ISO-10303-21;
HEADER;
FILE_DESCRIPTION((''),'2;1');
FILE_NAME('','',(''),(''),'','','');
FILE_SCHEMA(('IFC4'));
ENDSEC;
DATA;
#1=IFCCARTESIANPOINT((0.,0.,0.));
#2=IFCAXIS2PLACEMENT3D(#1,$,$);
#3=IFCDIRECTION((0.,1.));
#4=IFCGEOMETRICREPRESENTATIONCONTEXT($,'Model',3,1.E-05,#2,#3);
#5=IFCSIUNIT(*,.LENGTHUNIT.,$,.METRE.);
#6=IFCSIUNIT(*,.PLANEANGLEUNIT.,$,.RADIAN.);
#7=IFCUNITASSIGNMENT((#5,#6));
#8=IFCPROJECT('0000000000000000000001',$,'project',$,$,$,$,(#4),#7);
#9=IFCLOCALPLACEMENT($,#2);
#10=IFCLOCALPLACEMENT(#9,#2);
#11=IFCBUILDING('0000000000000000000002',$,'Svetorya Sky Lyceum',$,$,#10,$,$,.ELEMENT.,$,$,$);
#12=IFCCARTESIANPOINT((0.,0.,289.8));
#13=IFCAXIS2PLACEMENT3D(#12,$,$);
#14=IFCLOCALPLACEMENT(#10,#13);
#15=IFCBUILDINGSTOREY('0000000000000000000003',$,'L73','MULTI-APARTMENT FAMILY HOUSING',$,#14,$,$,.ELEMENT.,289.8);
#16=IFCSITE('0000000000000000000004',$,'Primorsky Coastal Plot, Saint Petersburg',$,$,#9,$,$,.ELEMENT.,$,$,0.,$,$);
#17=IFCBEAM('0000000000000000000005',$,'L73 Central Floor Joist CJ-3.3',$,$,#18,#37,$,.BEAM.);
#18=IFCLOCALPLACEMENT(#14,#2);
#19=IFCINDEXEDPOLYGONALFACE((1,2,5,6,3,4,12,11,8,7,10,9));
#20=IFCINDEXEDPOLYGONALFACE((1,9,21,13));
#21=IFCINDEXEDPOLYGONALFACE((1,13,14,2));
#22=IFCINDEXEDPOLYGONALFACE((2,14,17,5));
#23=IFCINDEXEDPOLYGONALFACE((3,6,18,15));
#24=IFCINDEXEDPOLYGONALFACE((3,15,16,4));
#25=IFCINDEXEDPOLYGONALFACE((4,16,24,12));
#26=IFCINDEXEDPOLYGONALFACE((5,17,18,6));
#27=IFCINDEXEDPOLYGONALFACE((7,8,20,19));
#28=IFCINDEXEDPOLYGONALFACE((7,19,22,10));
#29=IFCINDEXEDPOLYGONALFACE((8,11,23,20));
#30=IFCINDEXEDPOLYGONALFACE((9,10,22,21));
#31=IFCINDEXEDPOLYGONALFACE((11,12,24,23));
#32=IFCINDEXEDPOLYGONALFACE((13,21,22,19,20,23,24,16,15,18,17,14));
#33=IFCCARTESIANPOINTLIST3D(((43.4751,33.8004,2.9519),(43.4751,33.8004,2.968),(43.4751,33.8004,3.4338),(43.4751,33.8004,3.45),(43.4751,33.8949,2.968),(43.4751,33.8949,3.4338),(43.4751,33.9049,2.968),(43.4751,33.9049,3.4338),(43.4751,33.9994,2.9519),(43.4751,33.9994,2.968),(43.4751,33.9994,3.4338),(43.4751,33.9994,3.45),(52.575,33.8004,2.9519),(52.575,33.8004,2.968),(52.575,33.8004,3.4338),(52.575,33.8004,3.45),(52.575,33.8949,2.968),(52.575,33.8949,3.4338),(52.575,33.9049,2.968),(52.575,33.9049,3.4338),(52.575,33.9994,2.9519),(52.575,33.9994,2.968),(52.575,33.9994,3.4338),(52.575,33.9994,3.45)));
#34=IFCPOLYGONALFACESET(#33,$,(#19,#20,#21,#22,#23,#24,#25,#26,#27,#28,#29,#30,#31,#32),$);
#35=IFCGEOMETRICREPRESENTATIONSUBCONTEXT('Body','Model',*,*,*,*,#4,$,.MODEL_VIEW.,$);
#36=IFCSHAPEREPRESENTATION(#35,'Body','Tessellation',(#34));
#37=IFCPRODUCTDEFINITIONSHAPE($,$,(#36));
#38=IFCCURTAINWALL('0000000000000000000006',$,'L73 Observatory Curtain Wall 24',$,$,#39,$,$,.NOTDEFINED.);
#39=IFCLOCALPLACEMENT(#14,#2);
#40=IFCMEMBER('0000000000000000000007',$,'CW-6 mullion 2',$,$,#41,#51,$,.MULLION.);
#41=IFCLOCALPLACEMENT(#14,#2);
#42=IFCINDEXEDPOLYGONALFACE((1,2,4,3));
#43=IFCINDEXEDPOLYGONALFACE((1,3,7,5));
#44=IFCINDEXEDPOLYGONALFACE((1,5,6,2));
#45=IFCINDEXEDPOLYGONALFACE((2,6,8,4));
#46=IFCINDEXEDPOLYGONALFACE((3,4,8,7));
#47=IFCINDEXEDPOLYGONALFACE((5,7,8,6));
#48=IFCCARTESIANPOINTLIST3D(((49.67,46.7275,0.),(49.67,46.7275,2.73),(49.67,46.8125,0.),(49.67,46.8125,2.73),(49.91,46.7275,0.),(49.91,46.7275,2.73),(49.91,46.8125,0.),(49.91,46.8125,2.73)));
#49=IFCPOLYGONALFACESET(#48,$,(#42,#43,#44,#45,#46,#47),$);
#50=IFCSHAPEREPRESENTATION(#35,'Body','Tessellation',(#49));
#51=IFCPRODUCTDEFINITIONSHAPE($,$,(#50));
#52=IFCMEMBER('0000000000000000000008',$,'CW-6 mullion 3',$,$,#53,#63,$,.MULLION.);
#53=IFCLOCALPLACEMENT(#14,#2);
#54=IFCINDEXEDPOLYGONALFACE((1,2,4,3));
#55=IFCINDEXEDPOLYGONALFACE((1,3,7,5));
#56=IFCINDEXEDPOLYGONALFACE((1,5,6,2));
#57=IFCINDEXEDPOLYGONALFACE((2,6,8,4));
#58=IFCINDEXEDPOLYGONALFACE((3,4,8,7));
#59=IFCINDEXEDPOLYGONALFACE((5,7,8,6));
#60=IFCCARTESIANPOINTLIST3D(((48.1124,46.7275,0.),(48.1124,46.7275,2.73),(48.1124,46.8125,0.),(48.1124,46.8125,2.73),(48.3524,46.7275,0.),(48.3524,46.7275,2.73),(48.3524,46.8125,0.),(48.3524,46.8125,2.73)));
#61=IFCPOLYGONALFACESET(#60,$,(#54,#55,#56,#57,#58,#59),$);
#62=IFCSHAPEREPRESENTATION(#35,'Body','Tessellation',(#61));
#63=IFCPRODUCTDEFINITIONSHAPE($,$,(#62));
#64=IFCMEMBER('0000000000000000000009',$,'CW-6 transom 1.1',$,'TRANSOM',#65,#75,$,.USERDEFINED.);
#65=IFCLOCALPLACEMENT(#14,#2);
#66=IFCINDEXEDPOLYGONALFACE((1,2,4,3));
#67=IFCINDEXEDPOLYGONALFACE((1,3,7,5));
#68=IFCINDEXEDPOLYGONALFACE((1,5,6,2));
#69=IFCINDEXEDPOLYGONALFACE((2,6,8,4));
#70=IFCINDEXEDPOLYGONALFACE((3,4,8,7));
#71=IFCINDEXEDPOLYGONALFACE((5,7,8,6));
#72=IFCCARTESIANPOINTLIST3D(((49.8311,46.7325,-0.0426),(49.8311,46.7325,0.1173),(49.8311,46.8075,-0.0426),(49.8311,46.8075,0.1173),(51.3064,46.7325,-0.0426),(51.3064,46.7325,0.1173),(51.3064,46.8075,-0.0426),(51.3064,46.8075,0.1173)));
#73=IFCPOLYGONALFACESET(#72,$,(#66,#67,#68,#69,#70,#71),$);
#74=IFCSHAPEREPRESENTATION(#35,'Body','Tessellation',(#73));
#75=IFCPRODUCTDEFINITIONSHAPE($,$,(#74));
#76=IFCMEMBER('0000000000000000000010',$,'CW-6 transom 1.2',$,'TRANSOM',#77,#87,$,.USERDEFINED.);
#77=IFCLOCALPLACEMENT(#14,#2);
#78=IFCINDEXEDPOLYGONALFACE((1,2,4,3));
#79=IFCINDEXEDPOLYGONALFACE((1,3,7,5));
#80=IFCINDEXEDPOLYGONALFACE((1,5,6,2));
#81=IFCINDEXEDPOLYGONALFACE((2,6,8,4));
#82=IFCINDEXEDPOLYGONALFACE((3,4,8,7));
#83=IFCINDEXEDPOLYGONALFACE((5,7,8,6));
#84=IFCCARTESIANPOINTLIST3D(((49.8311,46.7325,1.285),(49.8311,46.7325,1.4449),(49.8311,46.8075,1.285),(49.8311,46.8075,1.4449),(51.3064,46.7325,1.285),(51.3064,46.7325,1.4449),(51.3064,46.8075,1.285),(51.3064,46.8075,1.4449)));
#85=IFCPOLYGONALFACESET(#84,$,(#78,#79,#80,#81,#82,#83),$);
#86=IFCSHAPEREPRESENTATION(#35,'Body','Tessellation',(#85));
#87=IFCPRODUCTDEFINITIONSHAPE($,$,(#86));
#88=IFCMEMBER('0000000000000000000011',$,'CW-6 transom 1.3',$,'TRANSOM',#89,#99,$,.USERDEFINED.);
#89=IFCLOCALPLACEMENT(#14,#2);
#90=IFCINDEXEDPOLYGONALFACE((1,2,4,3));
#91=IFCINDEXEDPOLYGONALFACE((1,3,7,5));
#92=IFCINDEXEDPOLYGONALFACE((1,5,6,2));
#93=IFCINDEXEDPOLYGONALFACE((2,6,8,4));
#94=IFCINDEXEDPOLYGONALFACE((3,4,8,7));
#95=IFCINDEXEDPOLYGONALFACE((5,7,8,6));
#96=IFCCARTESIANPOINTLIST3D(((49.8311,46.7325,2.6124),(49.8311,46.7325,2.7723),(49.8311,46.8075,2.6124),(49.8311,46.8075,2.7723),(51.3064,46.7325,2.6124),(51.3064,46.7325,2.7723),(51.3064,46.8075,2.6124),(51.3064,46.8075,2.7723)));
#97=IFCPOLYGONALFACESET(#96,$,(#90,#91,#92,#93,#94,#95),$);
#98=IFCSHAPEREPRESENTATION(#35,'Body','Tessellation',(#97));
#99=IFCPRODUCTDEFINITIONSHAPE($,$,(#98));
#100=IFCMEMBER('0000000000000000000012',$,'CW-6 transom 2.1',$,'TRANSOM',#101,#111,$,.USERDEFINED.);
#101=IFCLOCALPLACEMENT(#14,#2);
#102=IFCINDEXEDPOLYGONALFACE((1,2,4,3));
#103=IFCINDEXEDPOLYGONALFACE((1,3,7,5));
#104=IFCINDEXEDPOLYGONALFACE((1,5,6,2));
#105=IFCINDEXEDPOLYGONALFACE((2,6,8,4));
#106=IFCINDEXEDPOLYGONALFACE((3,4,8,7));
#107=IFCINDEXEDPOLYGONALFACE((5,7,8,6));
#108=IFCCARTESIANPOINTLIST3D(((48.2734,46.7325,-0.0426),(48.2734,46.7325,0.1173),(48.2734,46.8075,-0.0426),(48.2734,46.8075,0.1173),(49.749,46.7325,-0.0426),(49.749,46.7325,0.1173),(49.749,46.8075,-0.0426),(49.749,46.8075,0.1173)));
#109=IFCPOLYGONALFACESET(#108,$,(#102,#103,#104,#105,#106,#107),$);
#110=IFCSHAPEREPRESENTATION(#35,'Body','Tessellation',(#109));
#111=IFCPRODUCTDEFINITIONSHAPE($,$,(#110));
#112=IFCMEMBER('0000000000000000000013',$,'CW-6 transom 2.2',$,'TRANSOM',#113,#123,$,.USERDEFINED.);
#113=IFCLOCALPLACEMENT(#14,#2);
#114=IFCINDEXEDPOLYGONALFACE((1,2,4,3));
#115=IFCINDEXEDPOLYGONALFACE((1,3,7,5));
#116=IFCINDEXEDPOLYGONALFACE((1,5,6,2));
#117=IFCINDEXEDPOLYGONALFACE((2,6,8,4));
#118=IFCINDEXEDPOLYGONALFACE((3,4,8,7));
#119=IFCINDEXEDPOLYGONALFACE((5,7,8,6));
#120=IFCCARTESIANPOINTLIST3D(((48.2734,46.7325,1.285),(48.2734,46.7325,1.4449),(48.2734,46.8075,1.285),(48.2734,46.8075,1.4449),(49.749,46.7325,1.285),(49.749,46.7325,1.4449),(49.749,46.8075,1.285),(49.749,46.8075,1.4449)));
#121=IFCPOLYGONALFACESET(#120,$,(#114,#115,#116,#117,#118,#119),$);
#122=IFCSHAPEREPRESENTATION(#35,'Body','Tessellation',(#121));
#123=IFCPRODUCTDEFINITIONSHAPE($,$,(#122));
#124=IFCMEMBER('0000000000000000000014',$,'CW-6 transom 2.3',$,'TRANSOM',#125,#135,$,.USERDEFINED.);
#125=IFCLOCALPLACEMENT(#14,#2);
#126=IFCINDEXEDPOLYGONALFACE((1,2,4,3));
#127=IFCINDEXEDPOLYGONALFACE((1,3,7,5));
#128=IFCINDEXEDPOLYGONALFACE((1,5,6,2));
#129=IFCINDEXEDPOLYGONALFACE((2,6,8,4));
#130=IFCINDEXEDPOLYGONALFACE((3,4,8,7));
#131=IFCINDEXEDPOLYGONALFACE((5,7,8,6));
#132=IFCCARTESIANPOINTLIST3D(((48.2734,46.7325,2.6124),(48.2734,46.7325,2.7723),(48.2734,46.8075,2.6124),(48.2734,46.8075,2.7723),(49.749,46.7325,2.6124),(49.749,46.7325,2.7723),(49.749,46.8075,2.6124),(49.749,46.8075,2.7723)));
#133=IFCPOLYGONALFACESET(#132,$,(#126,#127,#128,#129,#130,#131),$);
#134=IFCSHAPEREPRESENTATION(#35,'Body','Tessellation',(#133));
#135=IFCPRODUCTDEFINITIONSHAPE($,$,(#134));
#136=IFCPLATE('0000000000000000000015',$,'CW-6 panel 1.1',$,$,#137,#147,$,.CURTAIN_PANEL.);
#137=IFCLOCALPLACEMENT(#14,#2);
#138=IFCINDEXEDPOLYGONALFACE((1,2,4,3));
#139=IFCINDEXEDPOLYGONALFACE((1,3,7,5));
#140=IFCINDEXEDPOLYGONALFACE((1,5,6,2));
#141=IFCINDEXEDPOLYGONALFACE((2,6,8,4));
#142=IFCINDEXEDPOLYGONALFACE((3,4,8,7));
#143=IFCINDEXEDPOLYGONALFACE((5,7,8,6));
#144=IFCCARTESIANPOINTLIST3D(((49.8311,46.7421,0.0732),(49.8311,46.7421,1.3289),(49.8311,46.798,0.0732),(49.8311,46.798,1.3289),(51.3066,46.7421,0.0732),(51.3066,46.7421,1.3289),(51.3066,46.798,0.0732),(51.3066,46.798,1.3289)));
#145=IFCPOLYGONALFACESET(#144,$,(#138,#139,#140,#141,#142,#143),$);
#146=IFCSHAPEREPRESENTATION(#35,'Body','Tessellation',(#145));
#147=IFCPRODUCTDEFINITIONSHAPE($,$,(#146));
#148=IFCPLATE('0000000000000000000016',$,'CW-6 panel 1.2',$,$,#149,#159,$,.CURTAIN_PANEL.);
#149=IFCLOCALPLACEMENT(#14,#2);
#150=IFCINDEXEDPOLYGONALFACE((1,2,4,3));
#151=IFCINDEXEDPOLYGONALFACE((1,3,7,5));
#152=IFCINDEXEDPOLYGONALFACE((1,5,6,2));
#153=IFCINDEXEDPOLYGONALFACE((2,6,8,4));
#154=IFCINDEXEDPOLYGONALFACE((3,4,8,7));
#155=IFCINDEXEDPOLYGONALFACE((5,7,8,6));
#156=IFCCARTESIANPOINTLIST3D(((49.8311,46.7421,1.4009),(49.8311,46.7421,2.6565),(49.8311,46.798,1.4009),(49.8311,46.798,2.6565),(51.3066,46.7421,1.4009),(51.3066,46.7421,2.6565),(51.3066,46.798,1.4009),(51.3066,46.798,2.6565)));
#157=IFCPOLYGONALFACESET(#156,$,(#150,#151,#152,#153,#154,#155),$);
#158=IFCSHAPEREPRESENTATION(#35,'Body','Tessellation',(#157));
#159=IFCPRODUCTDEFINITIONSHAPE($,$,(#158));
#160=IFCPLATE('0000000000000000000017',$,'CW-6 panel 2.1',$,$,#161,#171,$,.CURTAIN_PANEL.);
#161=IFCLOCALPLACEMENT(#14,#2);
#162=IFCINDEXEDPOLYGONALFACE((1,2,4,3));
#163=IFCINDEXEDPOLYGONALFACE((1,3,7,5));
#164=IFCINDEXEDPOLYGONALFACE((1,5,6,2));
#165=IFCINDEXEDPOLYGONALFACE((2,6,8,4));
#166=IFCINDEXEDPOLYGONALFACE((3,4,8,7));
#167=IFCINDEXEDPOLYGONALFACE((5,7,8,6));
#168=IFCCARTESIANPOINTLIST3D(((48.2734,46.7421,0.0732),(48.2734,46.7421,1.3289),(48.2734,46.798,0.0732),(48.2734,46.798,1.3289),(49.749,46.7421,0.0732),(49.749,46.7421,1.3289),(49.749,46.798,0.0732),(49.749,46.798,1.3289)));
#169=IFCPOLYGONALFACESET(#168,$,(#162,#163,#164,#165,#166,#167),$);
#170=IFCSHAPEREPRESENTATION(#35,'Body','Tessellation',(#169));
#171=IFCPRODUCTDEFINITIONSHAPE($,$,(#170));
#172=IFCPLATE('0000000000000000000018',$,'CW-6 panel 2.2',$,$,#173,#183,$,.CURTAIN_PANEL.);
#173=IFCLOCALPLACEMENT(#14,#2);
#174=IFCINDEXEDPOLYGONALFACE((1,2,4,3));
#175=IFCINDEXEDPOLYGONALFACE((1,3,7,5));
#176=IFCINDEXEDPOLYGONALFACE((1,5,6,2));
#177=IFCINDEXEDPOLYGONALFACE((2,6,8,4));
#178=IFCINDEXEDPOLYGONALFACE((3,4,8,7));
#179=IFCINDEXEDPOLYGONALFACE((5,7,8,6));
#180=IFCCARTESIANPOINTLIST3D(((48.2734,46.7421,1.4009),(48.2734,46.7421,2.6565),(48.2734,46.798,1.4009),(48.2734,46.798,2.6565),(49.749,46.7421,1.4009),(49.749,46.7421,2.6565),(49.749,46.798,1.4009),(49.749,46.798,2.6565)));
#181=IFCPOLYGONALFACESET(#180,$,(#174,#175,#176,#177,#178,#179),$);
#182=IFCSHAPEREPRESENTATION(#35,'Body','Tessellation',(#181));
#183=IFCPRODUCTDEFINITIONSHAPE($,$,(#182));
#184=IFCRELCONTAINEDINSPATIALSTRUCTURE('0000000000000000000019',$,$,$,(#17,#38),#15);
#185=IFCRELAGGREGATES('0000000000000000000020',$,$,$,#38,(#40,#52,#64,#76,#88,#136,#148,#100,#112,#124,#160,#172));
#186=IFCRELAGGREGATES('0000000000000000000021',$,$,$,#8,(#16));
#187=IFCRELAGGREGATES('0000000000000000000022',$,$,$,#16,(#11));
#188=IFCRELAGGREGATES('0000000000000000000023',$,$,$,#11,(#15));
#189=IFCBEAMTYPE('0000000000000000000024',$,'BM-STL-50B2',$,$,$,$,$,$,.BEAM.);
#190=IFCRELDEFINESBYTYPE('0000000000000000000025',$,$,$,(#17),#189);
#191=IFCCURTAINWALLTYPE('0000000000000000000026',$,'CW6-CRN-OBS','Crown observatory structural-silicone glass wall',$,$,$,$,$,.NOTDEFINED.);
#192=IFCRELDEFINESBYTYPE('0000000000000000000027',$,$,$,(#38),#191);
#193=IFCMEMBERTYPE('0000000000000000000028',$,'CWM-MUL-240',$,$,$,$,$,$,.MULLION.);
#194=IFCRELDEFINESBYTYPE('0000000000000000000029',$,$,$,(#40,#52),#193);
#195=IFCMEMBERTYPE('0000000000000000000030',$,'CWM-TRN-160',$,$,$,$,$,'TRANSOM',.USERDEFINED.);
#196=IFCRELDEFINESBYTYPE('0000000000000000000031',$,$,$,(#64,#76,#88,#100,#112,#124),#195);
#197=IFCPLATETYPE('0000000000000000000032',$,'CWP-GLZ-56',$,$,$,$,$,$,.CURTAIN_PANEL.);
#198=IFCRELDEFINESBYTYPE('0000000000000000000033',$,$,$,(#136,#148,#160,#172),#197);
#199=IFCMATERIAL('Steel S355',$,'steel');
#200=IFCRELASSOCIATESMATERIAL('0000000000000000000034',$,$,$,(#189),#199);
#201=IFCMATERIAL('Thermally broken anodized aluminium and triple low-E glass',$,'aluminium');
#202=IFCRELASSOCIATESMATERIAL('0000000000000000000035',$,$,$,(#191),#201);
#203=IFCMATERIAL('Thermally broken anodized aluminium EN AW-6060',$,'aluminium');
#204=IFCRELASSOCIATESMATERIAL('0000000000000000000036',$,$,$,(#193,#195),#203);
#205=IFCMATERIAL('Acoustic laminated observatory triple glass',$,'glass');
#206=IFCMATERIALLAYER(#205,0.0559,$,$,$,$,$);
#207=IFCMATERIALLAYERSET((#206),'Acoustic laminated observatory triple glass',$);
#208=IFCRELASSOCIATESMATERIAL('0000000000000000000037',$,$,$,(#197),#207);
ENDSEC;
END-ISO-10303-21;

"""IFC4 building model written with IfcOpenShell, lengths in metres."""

from ifc_helpers import new_model, si_unit, direction, frame, origin, origin_2d, place, context, subcontext, project, spatial, rectangle, i_section, extrude, material, layer, layer_set, material_profile, profile_set, type_object, element, aggregate, save


model = new_model("IFC4")

# Units and contexts
model_context = context("Model", 3, precision=1e-05, world=origin(), true_north=direction((0.0, 1.0)))
body_context = subcontext(model_context, "Body", "Model", "MODEL_VIEW")
ifc_project = project(units=[si_unit("LENGTHUNIT", "METRE"), si_unit("PLANEANGLEUNIT", "RADIAN")], contexts=[model_context])

# Site, building, storey
site_placement = place(None, origin())
site = spatial("IfcSite", under=ifc_project, at=site_placement, Name="Primorsky Coastal Plot, Saint Petersburg", CompositionType="ELEMENT", RefElevation=0.0)
building_placement = place(site_placement, origin())
building = spatial("IfcBuilding", under=site, at=building_placement, Name="Svetorya Sky Lyceum", CompositionType="ELEMENT")
storey_placement = place(building_placement, frame((0.0, 0.0, 289.8)))
storey = spatial("IfcBuildingStorey", under=building, at=storey_placement, Name="L73", Description="MULTI-APARTMENT FAMILY HOUSING", CompositionType="ELEMENT", Elevation=289.8)

# Beam
ifc_material_1 = material(Name="Steel S355", Category="steel")
ifc_material_profile_1 = material_profile(ifc_material_1, i_section(OverallWidth=0.199, OverallDepth=0.498, WebThickness=0.01, FlangeThickness=0.0161, at=origin_2d()), Name="GOST 50B2")
ifc_profile_set_1 = profile_set([ifc_material_profile_1], Name="Steel S355")
beam_type = type_object("IfcBeamType", Name="BM-STL-50B2", PredefinedType="BEAM", material=ifc_profile_set_1)
beam_placement = place(storey_placement, frame((43.4751, 33.8999, 3.2009), z_axis=(1.0, 0.0, 0.0), x_axis=(0.0, 1.0, 0.0)))
element("IfcBeam", 1, at=beam_placement, inside=storey, type_object=beam_type, Name="L73 Central Floor Joist CJ-3.3", PredefinedType="BEAM", context=body_context, shape_type="SweptSolid", body=[
    extrude(i_section(OverallWidth=0.199, OverallDepth=0.498, WebThickness=0.01, FlangeThickness=0.0161, at=origin_2d()), origin(), (0.0, 0.0, 1.0), 9.0999),
])

# Curtain wall, members, plates
ifc_material_2 = material(Name="Thermally broken anodized aluminium and triple low-E glass", Category="aluminium")
curtain_wall_type = type_object("IfcCurtainWallType", Name="CW6-CRN-OBS", Description="Crown observatory structural-silicone glass wall", PredefinedType="NOTDEFINED", material=ifc_material_2)
curtain_wall_placement = place(storey_placement, origin())
curtain_wall = element("IfcCurtainWall", 2, at=curtain_wall_placement, inside=storey, type_object=curtain_wall_type, Name="L73 Observatory Curtain Wall 24", PredefinedType="NOTDEFINED")
ifc_material_3 = material(Name="Thermally broken anodized aluminium EN AW-6060", Category="aluminium")
ifc_material_profile_2 = material_profile(ifc_material_3, rectangle(XDim=0.085, YDim=0.24, at=origin_2d()), Name="ALU MULLION 85x240")
ifc_profile_set_2 = profile_set([ifc_material_profile_2], Name="Thermally broken anodized aluminium EN AW-6060")
member_type_1 = type_object("IfcMemberType", Name="CWM-MUL-240", PredefinedType="MULLION", material=ifc_profile_set_2)
member_1_placement = place(storey_placement, frame((49.79, 46.77, 0.0), z_axis=(0.0, 0.0, 1.0), x_axis=(0.0, -1.0, 0.0)))
member_1 = element("IfcMember", 3, at=member_1_placement, type_object=member_type_1, Name="CW-6 mullion 2", PredefinedType="MULLION", context=body_context, shape_type="SweptSolid", body=[
    extrude(rectangle(XDim=0.085, YDim=0.24, at=origin_2d()), origin(), (0.0, 0.0, 1.0), 2.73),
])
member_2_placement = place(storey_placement, frame((48.2324, 46.77, 0.0), z_axis=(0.0, 0.0, 1.0), x_axis=(0.0, -1.0, 0.0)))
member_2 = element("IfcMember", 4, at=member_2_placement, type_object=member_type_1, Name="CW-6 mullion 3", PredefinedType="MULLION", context=body_context, shape_type="SweptSolid", body=[
    extrude(rectangle(XDim=0.085, YDim=0.24, at=origin_2d()), origin(), (0.0, 0.0, 1.0), 2.73),
])
ifc_material_profile_3 = material_profile(ifc_material_3, rectangle(XDim=0.075, YDim=0.1599, at=origin_2d()), Name="ALU TRANSOM 75x160")
ifc_profile_set_3 = profile_set([ifc_material_profile_3], Name="Thermally broken anodized aluminium EN AW-6060")
member_type_2 = type_object("IfcMemberType", Name="CWM-TRN-160", ElementType="TRANSOM", PredefinedType="USERDEFINED", material=ifc_profile_set_3)
member_3_placement = place(storey_placement, frame((51.3064, 46.77, 0.0374), z_axis=(-1.0, 0.0, 0.0), x_axis=(0.0, -1.0, 0.0)))
member_3 = element("IfcMember", 5, at=member_3_placement, type_object=member_type_2, Name="CW-6 transom 1.1", ObjectType="TRANSOM", PredefinedType="USERDEFINED", context=body_context, shape_type="SweptSolid", body=[
    extrude(rectangle(XDim=0.075, YDim=0.1599, at=origin_2d()), origin(), (0.0, 0.0, 1.0), 1.4753),
])
member_4_placement = place(storey_placement, frame((51.3064, 46.77, 1.365), z_axis=(-1.0, 0.0, 0.0), x_axis=(0.0, -1.0, 0.0)))
member_4 = element("IfcMember", 6, at=member_4_placement, type_object=member_type_2, Name="CW-6 transom 1.2", ObjectType="TRANSOM", PredefinedType="USERDEFINED", context=body_context, shape_type="SweptSolid", body=[
    extrude(rectangle(XDim=0.075, YDim=0.1599, at=origin_2d()), origin(), (0.0, 0.0, 1.0), 1.4753),
])
member_5_placement = place(storey_placement, frame((51.3064, 46.77, 2.6924), z_axis=(-1.0, 0.0, 0.0), x_axis=(0.0, -1.0, 0.0)))
member_5 = element("IfcMember", 7, at=member_5_placement, type_object=member_type_2, Name="CW-6 transom 1.3", ObjectType="TRANSOM", PredefinedType="USERDEFINED", context=body_context, shape_type="SweptSolid", body=[
    extrude(rectangle(XDim=0.075, YDim=0.1599, at=origin_2d()), origin(), (0.0, 0.0, 1.0), 1.4753),
])
member_6_placement = place(storey_placement, frame((49.749, 46.77, 0.0374), z_axis=(-1.0, 0.0, 0.0), x_axis=(0.0, -1.0, 0.0)))
member_6 = element("IfcMember", 8, at=member_6_placement, type_object=member_type_2, Name="CW-6 transom 2.1", ObjectType="TRANSOM", PredefinedType="USERDEFINED", context=body_context, shape_type="SweptSolid", body=[
    extrude(rectangle(XDim=0.075, YDim=0.1599, at=origin_2d()), origin(), (0.0, 0.0, 1.0), 1.4756),
])
member_7_placement = place(storey_placement, frame((49.749, 46.77, 1.365), z_axis=(-1.0, 0.0, 0.0), x_axis=(0.0, -1.0, 0.0)))
member_7 = element("IfcMember", 9, at=member_7_placement, type_object=member_type_2, Name="CW-6 transom 2.2", ObjectType="TRANSOM", PredefinedType="USERDEFINED", context=body_context, shape_type="SweptSolid", body=[
    extrude(rectangle(XDim=0.075, YDim=0.1599, at=origin_2d()), origin(), (0.0, 0.0, 1.0), 1.4756),
])
member_8_placement = place(storey_placement, frame((49.749, 46.77, 2.6924), z_axis=(-1.0, 0.0, 0.0), x_axis=(0.0, -1.0, 0.0)))
member_8 = element("IfcMember", 10, at=member_8_placement, type_object=member_type_2, Name="CW-6 transom 2.3", ObjectType="TRANSOM", PredefinedType="USERDEFINED", context=body_context, shape_type="SweptSolid", body=[
    extrude(rectangle(XDim=0.075, YDim=0.1599, at=origin_2d()), origin(), (0.0, 0.0, 1.0), 1.4756),
])
ifc_material_4 = material(Name="Acoustic laminated observatory triple glass", Category="glass")
ifc_layer_1 = layer(ifc_material_4, 0.0559)
ifc_layer_set_1 = layer_set([ifc_layer_1], Name="Acoustic laminated observatory triple glass")
plate_type = type_object("IfcPlateType", Name="CWP-GLZ-56", PredefinedType="CURTAIN_PANEL", material=ifc_layer_set_1)
plate_1_placement = place(storey_placement, frame((50.5688, 46.77, 0.0732), z_axis=(0.0, 0.0, 1.0), x_axis=(-1.0, 0.0, 0.0)))
plate_1 = element("IfcPlate", 11, at=plate_1_placement, type_object=plate_type, Name="CW-6 panel 1.1", PredefinedType="CURTAIN_PANEL", context=body_context, shape_type="SweptSolid", body=[
    extrude(rectangle(XDim=1.4756, YDim=0.0559, at=origin_2d()), origin(), (0.0, 0.0, 1.0), 1.2556),
])
plate_2_placement = place(storey_placement, frame((50.5688, 46.77, 1.4009), z_axis=(0.0, 0.0, 1.0), x_axis=(-1.0, 0.0, 0.0)))
plate_2 = element("IfcPlate", 12, at=plate_2_placement, type_object=plate_type, Name="CW-6 panel 1.2", PredefinedType="CURTAIN_PANEL", context=body_context, shape_type="SweptSolid", body=[
    extrude(rectangle(XDim=1.4756, YDim=0.0559, at=origin_2d()), origin(), (0.0, 0.0, 1.0), 1.2556),
])
plate_3_placement = place(storey_placement, frame((49.0112, 46.77, 0.0732), z_axis=(0.0, 0.0, 1.0), x_axis=(-1.0, 0.0, 0.0)))
plate_3 = element("IfcPlate", 13, at=plate_3_placement, type_object=plate_type, Name="CW-6 panel 2.1", PredefinedType="CURTAIN_PANEL", context=body_context, shape_type="SweptSolid", body=[
    extrude(rectangle(XDim=1.4756, YDim=0.0559, at=origin_2d()), origin(), (0.0, 0.0, 1.0), 1.2556),
])
plate_4_placement = place(storey_placement, frame((49.0112, 46.77, 1.4009), z_axis=(0.0, 0.0, 1.0), x_axis=(-1.0, 0.0, 0.0)))
plate_4 = element("IfcPlate", 14, at=plate_4_placement, type_object=plate_type, Name="CW-6 panel 2.2", PredefinedType="CURTAIN_PANEL", context=body_context, shape_type="SweptSolid", body=[
    extrude(rectangle(XDim=1.4756, YDim=0.0559, at=origin_2d()), origin(), (0.0, 0.0, 1.0), 1.2556),
])
aggregate(curtain_wall, [member_1, member_2, member_3, member_4, member_5, plate_1, plate_2, member_6, member_7, member_8, plate_3, plate_4])

save(model, "model.ifc")
